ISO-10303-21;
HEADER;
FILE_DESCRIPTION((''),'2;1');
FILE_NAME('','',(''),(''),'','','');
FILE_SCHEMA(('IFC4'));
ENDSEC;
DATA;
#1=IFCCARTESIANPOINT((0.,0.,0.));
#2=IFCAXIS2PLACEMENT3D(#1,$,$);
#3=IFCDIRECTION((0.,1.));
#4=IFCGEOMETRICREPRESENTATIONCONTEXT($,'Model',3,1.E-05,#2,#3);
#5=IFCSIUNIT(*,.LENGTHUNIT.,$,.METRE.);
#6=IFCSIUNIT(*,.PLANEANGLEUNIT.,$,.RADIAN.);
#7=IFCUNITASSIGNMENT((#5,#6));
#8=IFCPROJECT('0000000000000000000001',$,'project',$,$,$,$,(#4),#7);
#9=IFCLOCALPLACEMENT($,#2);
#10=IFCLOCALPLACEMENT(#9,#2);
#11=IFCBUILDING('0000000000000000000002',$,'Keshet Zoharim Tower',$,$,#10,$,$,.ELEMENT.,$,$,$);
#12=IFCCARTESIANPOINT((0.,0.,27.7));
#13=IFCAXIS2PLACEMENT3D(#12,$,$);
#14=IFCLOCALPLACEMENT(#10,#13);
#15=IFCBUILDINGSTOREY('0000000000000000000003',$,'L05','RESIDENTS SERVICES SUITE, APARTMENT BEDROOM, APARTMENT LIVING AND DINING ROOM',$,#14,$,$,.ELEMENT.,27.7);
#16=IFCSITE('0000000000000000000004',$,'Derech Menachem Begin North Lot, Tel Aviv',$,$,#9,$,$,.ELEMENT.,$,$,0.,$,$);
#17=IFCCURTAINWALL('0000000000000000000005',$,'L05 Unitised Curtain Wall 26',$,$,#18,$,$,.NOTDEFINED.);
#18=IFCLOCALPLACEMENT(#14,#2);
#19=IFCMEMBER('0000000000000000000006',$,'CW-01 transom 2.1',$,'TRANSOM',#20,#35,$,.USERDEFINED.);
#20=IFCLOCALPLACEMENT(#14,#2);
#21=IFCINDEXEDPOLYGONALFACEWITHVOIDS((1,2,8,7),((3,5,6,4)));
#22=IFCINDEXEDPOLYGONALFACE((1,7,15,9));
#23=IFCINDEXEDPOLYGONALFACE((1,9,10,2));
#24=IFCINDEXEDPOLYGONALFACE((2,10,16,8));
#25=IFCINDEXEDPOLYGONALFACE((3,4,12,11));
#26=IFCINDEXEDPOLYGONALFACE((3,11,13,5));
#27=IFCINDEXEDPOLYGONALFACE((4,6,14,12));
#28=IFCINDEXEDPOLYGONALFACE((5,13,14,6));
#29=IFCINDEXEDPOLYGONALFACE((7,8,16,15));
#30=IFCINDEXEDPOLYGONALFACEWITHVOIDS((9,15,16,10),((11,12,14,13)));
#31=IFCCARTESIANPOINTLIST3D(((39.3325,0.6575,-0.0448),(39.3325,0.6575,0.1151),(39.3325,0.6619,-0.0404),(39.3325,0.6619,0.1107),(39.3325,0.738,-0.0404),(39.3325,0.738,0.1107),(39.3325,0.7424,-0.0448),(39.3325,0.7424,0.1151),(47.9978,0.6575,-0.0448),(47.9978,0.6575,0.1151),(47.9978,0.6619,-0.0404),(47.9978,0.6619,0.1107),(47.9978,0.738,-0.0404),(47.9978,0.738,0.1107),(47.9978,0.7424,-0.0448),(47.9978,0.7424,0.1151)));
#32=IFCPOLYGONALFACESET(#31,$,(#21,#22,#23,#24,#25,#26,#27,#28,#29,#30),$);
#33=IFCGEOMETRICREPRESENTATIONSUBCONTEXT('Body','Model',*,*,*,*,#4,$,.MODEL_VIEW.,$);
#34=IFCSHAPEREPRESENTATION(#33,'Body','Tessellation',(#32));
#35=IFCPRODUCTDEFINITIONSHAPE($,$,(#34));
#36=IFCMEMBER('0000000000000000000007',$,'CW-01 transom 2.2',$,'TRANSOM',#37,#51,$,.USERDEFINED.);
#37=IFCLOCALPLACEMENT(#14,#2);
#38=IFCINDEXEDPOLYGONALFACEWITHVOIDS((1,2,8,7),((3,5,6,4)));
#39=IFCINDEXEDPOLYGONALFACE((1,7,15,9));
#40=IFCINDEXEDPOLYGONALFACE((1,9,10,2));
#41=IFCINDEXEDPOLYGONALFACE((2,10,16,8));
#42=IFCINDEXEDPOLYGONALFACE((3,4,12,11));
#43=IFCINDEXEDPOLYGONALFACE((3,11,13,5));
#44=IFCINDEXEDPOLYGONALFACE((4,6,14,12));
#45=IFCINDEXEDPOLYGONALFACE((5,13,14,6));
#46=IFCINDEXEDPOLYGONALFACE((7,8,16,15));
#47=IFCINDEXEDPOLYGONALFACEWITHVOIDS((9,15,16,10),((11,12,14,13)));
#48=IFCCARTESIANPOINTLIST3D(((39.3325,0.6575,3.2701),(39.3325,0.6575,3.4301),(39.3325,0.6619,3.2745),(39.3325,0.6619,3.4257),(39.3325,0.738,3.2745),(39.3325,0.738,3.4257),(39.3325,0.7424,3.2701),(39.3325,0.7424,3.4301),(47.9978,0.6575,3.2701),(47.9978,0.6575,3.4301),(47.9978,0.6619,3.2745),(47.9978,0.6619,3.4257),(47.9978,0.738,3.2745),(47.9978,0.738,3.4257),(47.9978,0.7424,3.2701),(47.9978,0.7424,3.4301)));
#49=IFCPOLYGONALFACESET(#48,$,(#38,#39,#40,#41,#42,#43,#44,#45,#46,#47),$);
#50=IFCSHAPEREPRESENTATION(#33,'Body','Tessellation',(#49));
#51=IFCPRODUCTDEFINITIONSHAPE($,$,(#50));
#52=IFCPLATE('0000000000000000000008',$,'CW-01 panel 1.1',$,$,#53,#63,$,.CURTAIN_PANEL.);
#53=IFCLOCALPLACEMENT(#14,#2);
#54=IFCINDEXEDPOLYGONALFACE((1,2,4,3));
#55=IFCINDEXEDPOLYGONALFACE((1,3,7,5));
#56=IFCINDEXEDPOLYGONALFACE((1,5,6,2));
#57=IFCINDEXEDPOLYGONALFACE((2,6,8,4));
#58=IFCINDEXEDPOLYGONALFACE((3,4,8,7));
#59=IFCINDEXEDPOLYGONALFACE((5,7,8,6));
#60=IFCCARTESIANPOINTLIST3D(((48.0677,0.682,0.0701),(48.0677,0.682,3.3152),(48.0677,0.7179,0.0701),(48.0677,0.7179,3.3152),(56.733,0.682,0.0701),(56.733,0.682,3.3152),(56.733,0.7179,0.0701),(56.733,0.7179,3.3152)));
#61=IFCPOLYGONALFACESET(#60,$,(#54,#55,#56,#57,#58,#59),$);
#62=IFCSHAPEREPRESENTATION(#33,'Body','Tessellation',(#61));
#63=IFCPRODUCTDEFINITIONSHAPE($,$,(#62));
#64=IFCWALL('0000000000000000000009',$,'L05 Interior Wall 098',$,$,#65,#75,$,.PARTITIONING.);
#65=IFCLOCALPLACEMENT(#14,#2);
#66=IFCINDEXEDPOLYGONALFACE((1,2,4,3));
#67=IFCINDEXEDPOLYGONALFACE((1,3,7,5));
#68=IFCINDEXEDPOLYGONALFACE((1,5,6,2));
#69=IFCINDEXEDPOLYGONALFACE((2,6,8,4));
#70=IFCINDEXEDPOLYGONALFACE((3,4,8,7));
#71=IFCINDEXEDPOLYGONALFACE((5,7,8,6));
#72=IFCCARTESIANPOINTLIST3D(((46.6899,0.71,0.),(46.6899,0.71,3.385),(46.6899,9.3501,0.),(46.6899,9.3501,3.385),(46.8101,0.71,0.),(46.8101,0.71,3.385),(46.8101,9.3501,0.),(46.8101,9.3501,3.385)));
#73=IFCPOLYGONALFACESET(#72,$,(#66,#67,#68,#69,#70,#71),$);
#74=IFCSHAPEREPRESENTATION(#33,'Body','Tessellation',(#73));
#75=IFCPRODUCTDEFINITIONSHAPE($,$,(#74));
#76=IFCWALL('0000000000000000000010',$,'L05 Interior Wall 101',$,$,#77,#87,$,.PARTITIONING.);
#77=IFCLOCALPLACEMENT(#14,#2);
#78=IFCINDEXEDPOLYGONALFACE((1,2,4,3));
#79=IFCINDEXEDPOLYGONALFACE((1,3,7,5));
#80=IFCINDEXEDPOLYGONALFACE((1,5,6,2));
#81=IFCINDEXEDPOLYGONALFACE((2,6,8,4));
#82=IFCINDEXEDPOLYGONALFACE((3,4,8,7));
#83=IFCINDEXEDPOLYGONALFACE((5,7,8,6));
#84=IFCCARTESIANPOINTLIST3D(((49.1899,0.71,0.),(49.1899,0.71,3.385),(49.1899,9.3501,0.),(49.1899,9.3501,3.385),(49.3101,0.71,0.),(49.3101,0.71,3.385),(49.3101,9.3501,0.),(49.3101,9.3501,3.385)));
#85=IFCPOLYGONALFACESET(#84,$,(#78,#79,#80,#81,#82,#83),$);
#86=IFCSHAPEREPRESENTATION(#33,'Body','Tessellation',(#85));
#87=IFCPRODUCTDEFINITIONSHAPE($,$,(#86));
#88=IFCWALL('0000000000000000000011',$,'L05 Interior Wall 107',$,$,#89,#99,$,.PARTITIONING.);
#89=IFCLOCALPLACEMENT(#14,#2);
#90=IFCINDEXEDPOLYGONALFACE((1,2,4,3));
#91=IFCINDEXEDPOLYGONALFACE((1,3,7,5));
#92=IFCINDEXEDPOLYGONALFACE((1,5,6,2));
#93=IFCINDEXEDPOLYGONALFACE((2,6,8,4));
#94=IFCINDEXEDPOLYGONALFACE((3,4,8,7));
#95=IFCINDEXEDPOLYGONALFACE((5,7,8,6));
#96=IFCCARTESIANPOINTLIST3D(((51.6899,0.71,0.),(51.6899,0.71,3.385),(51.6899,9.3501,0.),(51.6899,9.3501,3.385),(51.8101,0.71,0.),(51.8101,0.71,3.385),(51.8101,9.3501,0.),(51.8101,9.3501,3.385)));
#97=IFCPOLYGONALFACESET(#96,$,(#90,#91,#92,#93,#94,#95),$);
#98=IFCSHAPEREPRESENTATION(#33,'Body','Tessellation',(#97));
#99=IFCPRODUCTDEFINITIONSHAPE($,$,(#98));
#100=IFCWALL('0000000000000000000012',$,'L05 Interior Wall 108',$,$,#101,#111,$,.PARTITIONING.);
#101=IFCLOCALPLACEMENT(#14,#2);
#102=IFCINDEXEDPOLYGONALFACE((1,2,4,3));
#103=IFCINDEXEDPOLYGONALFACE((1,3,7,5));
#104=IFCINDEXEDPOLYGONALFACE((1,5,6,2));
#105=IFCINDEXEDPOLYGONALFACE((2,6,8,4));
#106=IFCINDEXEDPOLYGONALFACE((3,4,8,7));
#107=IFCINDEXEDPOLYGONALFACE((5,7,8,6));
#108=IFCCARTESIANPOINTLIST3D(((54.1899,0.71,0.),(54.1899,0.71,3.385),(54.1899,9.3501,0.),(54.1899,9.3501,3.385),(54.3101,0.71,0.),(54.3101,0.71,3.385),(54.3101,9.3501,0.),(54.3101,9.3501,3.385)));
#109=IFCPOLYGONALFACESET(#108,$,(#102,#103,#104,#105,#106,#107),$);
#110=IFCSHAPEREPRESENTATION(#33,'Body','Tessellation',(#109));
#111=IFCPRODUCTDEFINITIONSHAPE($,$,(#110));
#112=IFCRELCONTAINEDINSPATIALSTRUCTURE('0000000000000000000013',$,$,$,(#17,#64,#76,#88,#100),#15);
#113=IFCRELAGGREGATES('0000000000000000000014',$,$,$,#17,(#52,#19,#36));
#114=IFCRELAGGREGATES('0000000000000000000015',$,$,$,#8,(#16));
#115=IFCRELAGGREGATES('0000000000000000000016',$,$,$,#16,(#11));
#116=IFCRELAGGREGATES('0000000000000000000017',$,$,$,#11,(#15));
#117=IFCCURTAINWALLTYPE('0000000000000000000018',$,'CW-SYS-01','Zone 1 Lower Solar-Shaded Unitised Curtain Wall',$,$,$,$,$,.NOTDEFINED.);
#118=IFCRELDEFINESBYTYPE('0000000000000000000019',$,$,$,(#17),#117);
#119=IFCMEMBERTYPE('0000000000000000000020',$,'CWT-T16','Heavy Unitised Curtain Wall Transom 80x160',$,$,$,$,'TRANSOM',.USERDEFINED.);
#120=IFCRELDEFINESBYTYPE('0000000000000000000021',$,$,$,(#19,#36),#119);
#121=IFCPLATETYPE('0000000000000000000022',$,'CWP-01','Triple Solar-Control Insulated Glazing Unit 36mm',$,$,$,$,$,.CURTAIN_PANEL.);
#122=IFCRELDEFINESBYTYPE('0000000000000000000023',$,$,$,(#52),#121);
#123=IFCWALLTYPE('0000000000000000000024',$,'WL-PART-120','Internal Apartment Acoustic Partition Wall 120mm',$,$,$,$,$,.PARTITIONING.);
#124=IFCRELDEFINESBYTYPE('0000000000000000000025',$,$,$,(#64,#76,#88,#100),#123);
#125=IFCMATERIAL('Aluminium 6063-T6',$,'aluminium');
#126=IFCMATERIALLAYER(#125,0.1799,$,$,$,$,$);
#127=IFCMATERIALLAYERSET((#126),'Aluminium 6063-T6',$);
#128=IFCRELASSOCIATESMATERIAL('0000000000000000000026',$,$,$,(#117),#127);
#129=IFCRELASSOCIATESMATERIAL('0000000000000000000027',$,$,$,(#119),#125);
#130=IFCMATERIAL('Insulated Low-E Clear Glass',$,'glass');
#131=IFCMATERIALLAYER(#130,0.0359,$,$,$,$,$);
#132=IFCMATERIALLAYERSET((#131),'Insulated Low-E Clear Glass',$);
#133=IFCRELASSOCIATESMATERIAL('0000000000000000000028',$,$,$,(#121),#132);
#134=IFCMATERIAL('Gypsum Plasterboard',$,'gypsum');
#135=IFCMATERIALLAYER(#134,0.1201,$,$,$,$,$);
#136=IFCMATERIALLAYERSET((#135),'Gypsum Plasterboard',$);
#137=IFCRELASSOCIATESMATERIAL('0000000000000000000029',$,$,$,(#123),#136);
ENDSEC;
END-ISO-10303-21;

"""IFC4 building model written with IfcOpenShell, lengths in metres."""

from ifc_helpers import new_model, si_unit, direction, frame, frame_2d, origin, origin_2d, place, context, subcontext, project, spatial, rectangle, hollow_rectangle, extrude, material, layer, layer_set, material_profile, profile_set, type_object, element, aggregate, save


model = new_model("IFC4")

# Units and contexts
model_context = context("Model", 3, precision=1e-05, world=origin(), true_north=direction((0.0, 1.0)))
body_context = subcontext(model_context, "Body", "Model", "MODEL_VIEW")
ifc_project = project(units=[si_unit("LENGTHUNIT", "METRE"), si_unit("PLANEANGLEUNIT", "RADIAN")], contexts=[model_context])

# Site, building, storey
site_placement = place(None, origin())
site = spatial("IfcSite", under=ifc_project, at=site_placement, Name="Derech Menachem Begin North Lot, Tel Aviv", CompositionType="ELEMENT", RefElevation=0.0)
building_placement = place(site_placement, origin())
building = spatial("IfcBuilding", under=site, at=building_placement, Name="Keshet Zoharim Tower", CompositionType="ELEMENT")
storey_placement = place(building_placement, frame((0.0, 0.0, 27.7)))
storey = spatial("IfcBuildingStorey", under=building, at=storey_placement, Name="L05", Description="RESIDENTS SERVICES SUITE, APARTMENT BEDROOM, APARTMENT LIVING AND DINING ROOM", CompositionType="ELEMENT", Elevation=27.7)

# Shared definitions
ifc_material_1 = material(Name="Aluminium 6063-T6", Category="aluminium")
ifc_layer_1 = layer(ifc_material_1, 0.1799)
ifc_layer_set_1 = layer_set([ifc_layer_1], Name="Aluminium 6063-T6")
curtain_wall_type = type_object("IfcCurtainWallType", Name="CW-SYS-01", Description="Zone 1 Lower Solar-Shaded Unitised Curtain Wall", PredefinedType="NOTDEFINED", material=ifc_layer_set_1)

# Curtain wall, members, plate
curtain_wall_1_placement = place(storey_placement, origin())
curtain_wall_1 = element("IfcCurtainWall", 1, at=curtain_wall_1_placement, inside=storey, type_object=curtain_wall_type, Name="L05 Unitised Curtain Wall 26", PredefinedType="NOTDEFINED")
ifc_material_profile_1 = material_profile(ifc_material_1, hollow_rectangle(XDim=0.085, YDim=0.1599, WallThickness=0.0044, at=origin_2d()), Name="TRN-85x160")
ifc_profile_set_1 = profile_set([ifc_material_profile_1], Name="Aluminium 6063-T6")
member_type_1 = type_object("IfcMemberType", Name="CWT-T16", Description="Heavy Unitised Curtain Wall Transom 80x160", ElementType="TRANSOM", PredefinedType="USERDEFINED", material=ifc_profile_set_1)
member_1_placement = place(storey_placement, frame((47.9978, 0.7, 0.0352), z_axis=(-1.0, 0.0, 0.0), x_axis=(0.0, -1.0, 0.0)))
member_1 = element("IfcMember", 2, at=member_1_placement, type_object=member_type_1, Name="CW-01 transom 2.1", ObjectType="TRANSOM", PredefinedType="USERDEFINED", context=body_context, shape_type="SweptSolid", body=[
    extrude(hollow_rectangle(XDim=0.085, YDim=0.1599, WallThickness=0.0044, at=origin_2d()), origin(), (0.0, 0.0, 1.0), 8.6653),
])
member_2_placement = place(storey_placement, frame((47.9978, 0.7, 3.3501), z_axis=(-1.0, 0.0, 0.0), x_axis=(0.0, -1.0, 0.0)))
member_2 = element("IfcMember", 3, at=member_2_placement, type_object=member_type_1, Name="CW-01 transom 2.2", ObjectType="TRANSOM", PredefinedType="USERDEFINED", context=body_context, shape_type="SweptSolid", body=[
    extrude(hollow_rectangle(XDim=0.085, YDim=0.1599, WallThickness=0.0044, at=origin_2d()), origin(), (0.0, 0.0, 1.0), 8.6653),
])
ifc_material_2 = material(Name="Insulated Low-E Clear Glass", Category="glass")
ifc_layer_2 = layer(ifc_material_2, 0.0359)
ifc_layer_set_2 = layer_set([ifc_layer_2], Name="Insulated Low-E Clear Glass")
plate_type = type_object("IfcPlateType", Name="CWP-01", Description="Triple Solar-Control Insulated Glazing Unit 36mm", PredefinedType="CURTAIN_PANEL", material=ifc_layer_set_2)
plate_placement = place(storey_placement, frame((52.4004, 0.7, 0.0701), z_axis=(0.0, 0.0, 1.0), x_axis=(-1.0, 0.0, 0.0)))
plate = element("IfcPlate", 4, at=plate_placement, type_object=plate_type, Name="CW-01 panel 1.1", PredefinedType="CURTAIN_PANEL", context=body_context, shape_type="SweptSolid", body=[
    extrude(rectangle(XDim=8.6653, YDim=0.0359, at=origin_2d()), origin(), (0.0, 0.0, 1.0), 3.2451),
])
aggregate(curtain_wall_1, [plate, member_1, member_2])

# Walls
ifc_material_3 = material(Name="Gypsum Plasterboard", Category="gypsum")
ifc_layer_3 = layer(ifc_material_3, 0.1201)
ifc_layer_set_3 = layer_set([ifc_layer_3], Name="Gypsum Plasterboard")
wall_type = type_object("IfcWallType", Name="WL-PART-120", Description="Internal Apartment Acoustic Partition Wall 120mm", PredefinedType="PARTITIONING", material=ifc_layer_set_3)
for number, where, z_axis, x_axis, name in (
    (5, (46.75, 0.71, 0.0), (0.0, 0.0, 1.0), (0.0, 1.0, 0.0), "L05 Interior Wall 098"),
    (6, (49.25, 0.71, 0.0), (0.0, 0.0, 1.0), (0.0, 1.0, 0.0), "L05 Interior Wall 101"),
    (7, (51.75, 0.71, 0.0), (0.0, 0.0, 1.0), (0.0, 1.0, 0.0), "L05 Interior Wall 107"),
    (8, (54.25, 0.71, 0.0), (0.0, 0.0, 1.0), (0.0, 1.0, 0.0), "L05 Interior Wall 108"),
):
    element("IfcWall", number, at=place(storey_placement, frame(where, z_axis=z_axis, x_axis=x_axis)), inside=storey, type_object=wall_type, Name=name, PredefinedType="PARTITIONING", context=body_context, shape_type="SweptSolid", body=[
        extrude(rectangle(XDim=8.6401, YDim=0.1201, at=frame_2d((4.3201, 0.0))), origin(), (0.0, 0.0, 1.0), 3.385),
    ])

save(model, "model.ifc")
